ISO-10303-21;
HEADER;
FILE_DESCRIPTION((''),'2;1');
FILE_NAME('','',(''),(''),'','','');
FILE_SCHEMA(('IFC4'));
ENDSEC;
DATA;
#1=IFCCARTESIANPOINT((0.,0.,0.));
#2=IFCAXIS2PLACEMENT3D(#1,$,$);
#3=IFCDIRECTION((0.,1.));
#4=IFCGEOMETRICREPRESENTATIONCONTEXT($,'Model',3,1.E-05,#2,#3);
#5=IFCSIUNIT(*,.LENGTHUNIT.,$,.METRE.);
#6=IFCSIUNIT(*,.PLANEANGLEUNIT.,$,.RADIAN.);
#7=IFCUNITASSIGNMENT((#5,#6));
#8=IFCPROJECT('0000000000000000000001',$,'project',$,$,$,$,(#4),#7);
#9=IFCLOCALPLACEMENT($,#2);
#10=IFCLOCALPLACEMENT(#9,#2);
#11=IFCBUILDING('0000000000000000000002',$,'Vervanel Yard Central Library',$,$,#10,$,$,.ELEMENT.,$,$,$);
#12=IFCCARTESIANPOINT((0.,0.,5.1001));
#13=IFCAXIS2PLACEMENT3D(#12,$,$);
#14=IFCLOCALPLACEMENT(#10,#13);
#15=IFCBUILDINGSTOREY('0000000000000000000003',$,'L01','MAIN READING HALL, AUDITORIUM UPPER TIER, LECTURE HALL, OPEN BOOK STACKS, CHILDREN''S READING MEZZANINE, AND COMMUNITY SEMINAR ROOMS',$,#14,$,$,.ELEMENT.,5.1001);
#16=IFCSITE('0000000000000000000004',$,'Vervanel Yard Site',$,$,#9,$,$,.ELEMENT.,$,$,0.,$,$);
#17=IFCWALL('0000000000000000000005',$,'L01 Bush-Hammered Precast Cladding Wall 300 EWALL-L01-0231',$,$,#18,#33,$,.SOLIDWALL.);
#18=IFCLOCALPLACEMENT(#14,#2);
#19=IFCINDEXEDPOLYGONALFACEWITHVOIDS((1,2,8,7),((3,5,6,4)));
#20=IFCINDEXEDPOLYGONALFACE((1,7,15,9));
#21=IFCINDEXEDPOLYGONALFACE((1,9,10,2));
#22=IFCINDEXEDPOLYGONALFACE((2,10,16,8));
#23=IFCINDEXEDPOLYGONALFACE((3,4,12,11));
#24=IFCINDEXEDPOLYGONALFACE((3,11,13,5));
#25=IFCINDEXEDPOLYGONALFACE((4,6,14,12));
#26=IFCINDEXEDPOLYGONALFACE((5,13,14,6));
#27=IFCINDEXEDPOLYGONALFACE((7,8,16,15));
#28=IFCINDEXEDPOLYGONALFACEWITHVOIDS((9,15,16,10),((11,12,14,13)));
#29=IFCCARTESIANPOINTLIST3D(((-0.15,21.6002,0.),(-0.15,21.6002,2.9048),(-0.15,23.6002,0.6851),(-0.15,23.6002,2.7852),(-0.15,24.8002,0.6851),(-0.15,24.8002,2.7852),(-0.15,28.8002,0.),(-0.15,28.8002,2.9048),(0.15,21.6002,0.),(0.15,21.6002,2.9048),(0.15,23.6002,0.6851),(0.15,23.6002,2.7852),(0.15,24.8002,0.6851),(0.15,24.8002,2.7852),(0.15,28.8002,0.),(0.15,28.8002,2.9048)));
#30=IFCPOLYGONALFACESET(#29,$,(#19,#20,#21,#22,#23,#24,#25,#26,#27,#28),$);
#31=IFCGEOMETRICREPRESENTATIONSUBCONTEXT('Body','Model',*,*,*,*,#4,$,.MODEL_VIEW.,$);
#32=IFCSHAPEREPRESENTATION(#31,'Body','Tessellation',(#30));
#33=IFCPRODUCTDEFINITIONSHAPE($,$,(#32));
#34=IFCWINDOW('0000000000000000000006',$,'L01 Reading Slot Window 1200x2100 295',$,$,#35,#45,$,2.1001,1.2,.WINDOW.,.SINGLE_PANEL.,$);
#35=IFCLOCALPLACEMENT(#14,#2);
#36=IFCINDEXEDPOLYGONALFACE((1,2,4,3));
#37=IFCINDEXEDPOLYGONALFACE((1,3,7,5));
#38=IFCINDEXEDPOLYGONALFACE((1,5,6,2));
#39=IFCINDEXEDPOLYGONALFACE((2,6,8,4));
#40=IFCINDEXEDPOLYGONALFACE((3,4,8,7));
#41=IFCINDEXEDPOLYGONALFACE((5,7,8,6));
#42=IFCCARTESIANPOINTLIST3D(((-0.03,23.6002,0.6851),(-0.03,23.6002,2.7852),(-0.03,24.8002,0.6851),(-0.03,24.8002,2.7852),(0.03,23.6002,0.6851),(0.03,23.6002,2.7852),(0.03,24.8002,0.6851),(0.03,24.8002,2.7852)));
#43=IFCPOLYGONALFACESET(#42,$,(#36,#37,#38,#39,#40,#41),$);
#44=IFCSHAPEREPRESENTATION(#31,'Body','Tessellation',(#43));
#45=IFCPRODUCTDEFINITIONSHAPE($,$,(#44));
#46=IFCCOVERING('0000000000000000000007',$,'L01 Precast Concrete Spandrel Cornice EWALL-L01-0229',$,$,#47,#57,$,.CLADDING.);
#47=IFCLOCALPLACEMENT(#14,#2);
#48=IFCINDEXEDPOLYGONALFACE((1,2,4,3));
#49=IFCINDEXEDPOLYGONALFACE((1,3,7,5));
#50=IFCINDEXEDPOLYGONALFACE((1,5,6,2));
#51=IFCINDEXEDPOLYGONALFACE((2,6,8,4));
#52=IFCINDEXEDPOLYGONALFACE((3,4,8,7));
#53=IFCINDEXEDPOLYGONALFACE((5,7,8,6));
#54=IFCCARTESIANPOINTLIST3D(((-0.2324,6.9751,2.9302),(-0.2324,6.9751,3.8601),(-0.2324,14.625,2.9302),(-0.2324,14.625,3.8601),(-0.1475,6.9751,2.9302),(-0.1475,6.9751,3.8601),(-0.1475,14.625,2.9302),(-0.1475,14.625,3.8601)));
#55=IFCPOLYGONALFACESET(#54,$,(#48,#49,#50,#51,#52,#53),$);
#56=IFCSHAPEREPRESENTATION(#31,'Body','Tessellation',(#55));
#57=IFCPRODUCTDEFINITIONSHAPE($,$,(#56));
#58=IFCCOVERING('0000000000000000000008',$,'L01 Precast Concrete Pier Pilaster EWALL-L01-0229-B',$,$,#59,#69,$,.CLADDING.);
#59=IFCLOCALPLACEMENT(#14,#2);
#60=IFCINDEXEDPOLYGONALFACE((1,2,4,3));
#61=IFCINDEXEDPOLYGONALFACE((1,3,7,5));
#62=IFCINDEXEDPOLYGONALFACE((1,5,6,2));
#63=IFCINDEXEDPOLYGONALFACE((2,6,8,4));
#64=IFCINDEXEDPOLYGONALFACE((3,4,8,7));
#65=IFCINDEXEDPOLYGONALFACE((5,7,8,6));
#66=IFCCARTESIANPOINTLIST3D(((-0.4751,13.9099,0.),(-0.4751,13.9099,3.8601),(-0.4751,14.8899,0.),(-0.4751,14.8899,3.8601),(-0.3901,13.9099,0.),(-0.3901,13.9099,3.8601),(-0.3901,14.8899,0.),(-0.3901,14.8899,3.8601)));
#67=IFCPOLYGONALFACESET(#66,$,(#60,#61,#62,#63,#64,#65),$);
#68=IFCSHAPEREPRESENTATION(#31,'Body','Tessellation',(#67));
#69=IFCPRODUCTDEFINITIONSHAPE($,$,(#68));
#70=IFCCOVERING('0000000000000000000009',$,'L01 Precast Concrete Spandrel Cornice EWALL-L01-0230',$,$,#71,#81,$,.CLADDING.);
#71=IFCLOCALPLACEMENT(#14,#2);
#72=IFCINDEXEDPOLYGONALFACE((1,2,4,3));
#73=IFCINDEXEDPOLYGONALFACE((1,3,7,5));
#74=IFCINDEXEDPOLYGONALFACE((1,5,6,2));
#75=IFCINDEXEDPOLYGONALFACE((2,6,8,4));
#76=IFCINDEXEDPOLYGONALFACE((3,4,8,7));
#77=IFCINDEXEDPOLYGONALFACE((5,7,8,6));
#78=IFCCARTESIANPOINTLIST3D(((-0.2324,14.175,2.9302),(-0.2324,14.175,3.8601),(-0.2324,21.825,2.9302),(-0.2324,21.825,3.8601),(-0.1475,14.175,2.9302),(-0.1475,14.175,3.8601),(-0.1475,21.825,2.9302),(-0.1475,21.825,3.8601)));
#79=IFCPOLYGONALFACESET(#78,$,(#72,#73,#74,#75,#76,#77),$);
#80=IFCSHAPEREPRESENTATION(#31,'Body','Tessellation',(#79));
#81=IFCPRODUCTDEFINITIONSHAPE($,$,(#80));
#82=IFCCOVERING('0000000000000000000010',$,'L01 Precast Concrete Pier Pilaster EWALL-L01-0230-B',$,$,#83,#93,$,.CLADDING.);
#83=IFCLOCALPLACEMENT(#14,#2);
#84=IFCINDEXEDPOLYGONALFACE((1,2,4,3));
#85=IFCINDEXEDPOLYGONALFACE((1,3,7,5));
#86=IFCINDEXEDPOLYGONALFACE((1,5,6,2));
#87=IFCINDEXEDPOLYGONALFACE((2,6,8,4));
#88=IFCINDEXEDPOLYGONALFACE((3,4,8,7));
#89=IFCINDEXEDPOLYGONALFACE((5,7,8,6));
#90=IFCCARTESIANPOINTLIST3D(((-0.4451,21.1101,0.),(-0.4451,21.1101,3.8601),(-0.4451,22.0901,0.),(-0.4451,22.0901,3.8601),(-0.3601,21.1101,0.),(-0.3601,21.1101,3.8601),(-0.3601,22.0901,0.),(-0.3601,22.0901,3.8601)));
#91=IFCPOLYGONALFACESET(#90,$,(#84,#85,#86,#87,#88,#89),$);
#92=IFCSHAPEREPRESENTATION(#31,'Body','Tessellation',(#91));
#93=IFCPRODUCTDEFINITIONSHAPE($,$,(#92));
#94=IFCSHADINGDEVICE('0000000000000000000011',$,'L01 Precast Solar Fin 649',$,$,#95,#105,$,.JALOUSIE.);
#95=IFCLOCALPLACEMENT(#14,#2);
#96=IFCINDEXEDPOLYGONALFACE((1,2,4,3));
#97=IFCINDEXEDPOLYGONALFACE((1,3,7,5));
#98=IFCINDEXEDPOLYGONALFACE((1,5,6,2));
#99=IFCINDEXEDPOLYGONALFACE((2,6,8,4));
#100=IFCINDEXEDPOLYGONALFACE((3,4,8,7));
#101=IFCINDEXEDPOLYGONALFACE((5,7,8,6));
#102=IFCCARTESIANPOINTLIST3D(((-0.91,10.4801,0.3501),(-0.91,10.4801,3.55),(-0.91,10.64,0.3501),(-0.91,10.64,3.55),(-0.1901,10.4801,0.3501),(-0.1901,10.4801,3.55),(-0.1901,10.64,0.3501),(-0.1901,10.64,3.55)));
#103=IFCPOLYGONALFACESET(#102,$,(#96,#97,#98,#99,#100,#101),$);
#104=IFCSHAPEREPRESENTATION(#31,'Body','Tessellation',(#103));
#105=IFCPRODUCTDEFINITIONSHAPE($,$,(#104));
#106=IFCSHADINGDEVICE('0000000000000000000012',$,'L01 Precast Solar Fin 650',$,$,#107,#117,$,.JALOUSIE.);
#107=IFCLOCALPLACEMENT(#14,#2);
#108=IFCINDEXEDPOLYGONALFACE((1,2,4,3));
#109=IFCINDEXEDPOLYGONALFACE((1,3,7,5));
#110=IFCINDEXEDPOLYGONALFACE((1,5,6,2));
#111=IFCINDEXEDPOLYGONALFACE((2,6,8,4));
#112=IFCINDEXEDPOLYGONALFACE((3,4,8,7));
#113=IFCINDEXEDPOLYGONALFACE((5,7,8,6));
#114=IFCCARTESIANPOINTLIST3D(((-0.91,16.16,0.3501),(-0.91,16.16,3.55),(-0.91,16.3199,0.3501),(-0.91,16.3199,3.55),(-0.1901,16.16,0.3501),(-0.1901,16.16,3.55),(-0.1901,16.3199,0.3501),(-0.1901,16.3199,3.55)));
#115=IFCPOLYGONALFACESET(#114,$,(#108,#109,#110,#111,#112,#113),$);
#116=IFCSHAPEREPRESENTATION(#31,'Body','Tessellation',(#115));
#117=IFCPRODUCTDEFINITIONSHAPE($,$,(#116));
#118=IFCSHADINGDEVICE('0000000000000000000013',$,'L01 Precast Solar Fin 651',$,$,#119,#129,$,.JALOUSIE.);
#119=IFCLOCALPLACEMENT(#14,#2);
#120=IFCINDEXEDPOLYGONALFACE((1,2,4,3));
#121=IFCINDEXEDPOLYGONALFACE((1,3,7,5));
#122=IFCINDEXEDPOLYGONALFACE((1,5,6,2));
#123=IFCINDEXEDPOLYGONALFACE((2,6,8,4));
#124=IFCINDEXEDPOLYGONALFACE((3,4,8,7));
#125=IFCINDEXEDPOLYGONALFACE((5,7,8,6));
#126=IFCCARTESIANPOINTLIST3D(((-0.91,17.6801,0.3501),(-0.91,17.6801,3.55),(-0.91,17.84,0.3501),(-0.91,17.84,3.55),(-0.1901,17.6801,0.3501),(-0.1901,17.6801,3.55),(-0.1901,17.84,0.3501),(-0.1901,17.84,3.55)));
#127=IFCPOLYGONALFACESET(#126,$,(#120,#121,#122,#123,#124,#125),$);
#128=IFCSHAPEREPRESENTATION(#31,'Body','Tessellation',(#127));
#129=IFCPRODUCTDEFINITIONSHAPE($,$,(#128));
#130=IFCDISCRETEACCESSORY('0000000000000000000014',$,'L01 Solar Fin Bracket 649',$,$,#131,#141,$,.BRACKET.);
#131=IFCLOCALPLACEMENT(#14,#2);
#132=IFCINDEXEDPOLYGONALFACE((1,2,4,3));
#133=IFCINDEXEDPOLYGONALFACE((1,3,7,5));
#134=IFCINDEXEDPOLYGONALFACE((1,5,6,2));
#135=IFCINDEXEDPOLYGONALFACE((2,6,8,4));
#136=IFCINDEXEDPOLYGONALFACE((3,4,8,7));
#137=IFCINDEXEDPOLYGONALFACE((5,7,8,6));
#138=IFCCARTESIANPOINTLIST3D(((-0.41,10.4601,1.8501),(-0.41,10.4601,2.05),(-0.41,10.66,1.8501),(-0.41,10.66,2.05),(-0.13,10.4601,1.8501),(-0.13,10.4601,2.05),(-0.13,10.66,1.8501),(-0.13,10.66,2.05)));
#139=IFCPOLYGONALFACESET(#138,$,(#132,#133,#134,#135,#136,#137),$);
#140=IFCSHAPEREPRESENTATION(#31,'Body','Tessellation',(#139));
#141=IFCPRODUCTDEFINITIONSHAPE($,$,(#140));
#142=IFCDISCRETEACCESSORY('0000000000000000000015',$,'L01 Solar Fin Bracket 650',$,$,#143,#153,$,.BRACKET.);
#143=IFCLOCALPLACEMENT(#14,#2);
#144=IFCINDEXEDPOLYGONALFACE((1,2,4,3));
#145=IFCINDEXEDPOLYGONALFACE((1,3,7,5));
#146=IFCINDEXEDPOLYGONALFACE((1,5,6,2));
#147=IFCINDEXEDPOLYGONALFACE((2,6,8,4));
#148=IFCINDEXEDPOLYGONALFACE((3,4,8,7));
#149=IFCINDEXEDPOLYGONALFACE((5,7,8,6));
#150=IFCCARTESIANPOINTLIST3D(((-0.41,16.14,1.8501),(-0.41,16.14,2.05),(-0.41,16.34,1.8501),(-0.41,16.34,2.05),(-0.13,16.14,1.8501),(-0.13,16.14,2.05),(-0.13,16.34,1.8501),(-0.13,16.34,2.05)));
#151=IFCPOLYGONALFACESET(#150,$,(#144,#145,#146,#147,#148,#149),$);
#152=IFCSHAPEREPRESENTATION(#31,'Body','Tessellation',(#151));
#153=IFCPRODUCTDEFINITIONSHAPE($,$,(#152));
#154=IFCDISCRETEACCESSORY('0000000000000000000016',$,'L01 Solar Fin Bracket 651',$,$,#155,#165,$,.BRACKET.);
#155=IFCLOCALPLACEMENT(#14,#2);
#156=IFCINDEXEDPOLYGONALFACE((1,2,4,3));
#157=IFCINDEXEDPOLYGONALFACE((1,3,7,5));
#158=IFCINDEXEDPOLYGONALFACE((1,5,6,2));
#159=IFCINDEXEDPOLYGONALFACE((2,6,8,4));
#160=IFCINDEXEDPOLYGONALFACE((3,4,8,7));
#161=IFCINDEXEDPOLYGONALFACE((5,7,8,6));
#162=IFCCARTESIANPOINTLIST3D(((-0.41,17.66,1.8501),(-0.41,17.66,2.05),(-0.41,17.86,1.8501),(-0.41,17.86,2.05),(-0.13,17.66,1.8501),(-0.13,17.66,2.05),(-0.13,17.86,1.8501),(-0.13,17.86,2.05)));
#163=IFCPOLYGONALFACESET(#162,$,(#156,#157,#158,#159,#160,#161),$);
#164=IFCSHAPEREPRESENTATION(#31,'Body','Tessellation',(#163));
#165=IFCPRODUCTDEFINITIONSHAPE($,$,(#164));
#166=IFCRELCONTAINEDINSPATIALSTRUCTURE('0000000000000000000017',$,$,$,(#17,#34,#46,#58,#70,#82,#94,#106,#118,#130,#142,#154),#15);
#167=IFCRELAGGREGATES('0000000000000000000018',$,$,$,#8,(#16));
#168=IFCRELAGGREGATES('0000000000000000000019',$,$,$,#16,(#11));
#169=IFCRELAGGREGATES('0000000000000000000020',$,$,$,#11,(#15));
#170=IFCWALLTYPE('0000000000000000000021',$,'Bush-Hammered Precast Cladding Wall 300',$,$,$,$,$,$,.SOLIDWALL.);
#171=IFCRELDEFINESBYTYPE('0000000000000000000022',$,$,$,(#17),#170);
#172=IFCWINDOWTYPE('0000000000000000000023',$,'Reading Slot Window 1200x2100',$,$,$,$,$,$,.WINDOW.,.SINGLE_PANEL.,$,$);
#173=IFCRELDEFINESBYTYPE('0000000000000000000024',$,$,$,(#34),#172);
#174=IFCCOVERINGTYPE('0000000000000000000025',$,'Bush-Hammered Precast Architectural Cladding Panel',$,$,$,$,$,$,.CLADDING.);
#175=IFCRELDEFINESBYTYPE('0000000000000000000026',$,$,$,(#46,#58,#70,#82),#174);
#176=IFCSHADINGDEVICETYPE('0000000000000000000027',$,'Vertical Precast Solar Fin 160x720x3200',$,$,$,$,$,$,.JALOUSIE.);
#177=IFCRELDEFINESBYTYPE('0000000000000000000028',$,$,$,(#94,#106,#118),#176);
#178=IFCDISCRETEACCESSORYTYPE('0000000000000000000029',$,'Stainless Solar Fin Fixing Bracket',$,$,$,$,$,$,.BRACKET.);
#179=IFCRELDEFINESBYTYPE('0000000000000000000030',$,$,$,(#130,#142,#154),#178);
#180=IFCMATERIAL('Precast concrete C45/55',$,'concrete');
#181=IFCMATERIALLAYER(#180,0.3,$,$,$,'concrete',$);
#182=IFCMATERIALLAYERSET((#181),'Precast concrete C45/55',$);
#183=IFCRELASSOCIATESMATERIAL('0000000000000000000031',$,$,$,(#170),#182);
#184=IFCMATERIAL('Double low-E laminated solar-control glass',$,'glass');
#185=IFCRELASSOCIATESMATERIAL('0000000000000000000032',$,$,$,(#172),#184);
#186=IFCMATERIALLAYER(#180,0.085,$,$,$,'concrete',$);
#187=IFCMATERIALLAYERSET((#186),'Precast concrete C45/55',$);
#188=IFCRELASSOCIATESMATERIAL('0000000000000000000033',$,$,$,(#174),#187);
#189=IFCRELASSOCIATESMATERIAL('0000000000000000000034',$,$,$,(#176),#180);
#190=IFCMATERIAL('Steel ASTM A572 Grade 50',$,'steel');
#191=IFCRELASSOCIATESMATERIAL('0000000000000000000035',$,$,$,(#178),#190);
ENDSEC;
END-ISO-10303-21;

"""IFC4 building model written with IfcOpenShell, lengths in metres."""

from ifc_helpers import new_model, si_unit, direction, frame, frame_2d, origin, origin_2d, place, context, subcontext, project, spatial, rectangle, extrude, material, layer, layer_set, type_object, element, fill, save


model = new_model("IFC4")

# Units and contexts
model_context = context("Model", 3, precision=1e-05, world=origin(), true_north=direction((0.0, 1.0)))
body_context = subcontext(model_context, "Body", "Model", "MODEL_VIEW")
ifc_project = project(units=[si_unit("LENGTHUNIT", "METRE"), si_unit("PLANEANGLEUNIT", "RADIAN")], contexts=[model_context])

# Site, building, storey
site_placement = place(None, origin())
site = spatial("IfcSite", under=ifc_project, at=site_placement, Name="Vervanel Yard Site", CompositionType="ELEMENT", RefElevation=0.0)
building_placement = place(site_placement, origin())
building = spatial("IfcBuilding", under=site, at=building_placement, Name="Vervanel Yard Central Library", CompositionType="ELEMENT")
storey_placement = place(building_placement, frame((0.0, 0.0, 5.1001)))
storey = spatial("IfcBuildingStorey", under=building, at=storey_placement, Name="L01", Description="MAIN READING HALL, AUDITORIUM UPPER TIER, LECTURE HALL, OPEN BOOK STACKS, CHILDREN'S READING MEZZANINE, AND COMMUNITY SEMINAR ROOMS", CompositionType="ELEMENT", Elevation=5.1001)

# Wall, opening, window
ifc_material_1 = material(Name="Precast concrete C45/55", Category="concrete")
ifc_layer_1 = layer(ifc_material_1, 0.3, Category="concrete")
ifc_layer_set_1 = layer_set([ifc_layer_1], Name="Precast concrete C45/55")
wall_type = type_object("IfcWallType", Name="Bush-Hammered Precast Cladding Wall 300", PredefinedType="SOLIDWALL", material=ifc_layer_set_1)
ifc_material_2 = material(Name="Double low-E laminated solar-control glass", Category="glass")
window_type = type_object("IfcWindowType", Name="Reading Slot Window 1200x2100", PartitioningType="SINGLE_PANEL", PredefinedType="WINDOW", material=ifc_material_2)
wall_1_placement = place(storey_placement, frame((0.0, 21.6001, 0.0), z_axis=(0.0, 0.0, 1.0), x_axis=(0.0, 1.0, 0.0)))
wall_1 = element("IfcWall", 1, at=wall_1_placement, inside=storey, type_object=wall_type, Name="L01 Bush-Hammered Precast Cladding Wall 300 EWALL-L01-0231", PredefinedType="SOLIDWALL", context=body_context, shape_type="SweptSolid", body=[
    extrude(rectangle(XDim=7.2, YDim=0.3, at=frame_2d((3.6001, 0.0))), origin(), (0.0, 0.0, 1.0), 2.9048),
])
opening_1_placement = place(wall_1_placement, frame((2.0, 0.0, 0.6851)))
opening_1 = element("IfcOpeningElement", 2, at=opening_1_placement, cuts=wall_1, PredefinedType="OPENING", context=body_context, shape_type="SweptSolid", body=[
    extrude(rectangle(XDim=1.2, YDim=2.1001, at=frame_2d((0.6001, 1.05))), frame((0.0, 0.1599, 0.0), z_axis=(0.0, -1.0, 0.0), x_axis=(1.0, 0.0, 0.0)), (0.0, 0.0, 1.0), 0.3201),
])
window_1_placement = place(opening_1_placement, origin())
window_1 = element("IfcWindow", 3, at=window_1_placement, inside=storey, type_object=window_type, Name="L01 Reading Slot Window 1200x2100 295", OverallHeight=2.1001, OverallWidth=1.2, PartitioningType="SINGLE_PANEL", PredefinedType="WINDOW", context=body_context, shape_type="SweptSolid", body=[
    extrude(rectangle(XDim=1.2, YDim=2.1001, at=frame_2d((0.6001, 1.05))), frame((0.0, 0.03, 0.0), z_axis=(0.0, -1.0, 0.0), x_axis=(1.0, 0.0, 0.0)), (0.0, 0.0, 1.0), 0.0601),
])
fill(opening_1, window_1)

# Coverings
ifc_layer_2 = layer(ifc_material_1, 0.085, Category="concrete")
ifc_layer_set_2 = layer_set([ifc_layer_2], Name="Precast concrete C45/55")
covering_type = type_object("IfcCoveringType", Name="Bush-Hammered Precast Architectural Cladding Panel", PredefinedType="CLADDING", material=ifc_layer_set_2)
covering_1_placement = place(storey_placement, frame((-0.1899, 10.8, 2.9302), z_axis=(0.0, 0.0, 1.0), x_axis=(0.0, 1.0, 0.0)))
element("IfcCovering", 4, at=covering_1_placement, inside=storey, type_object=covering_type, Name="L01 Precast Concrete Spandrel Cornice EWALL-L01-0229", PredefinedType="CLADDING", context=body_context, shape_type="SweptSolid", body=[
    extrude(rectangle(XDim=7.6499, YDim=0.085, at=origin_2d()), origin(), (0.0, 0.0, 1.0), 0.9299),
])
covering_2_placement = place(storey_placement, frame((-0.4326, 14.3999, 0.0), z_axis=(0.0, 0.0, 1.0), x_axis=(0.0, 1.0, 0.0)))
element("IfcCovering", 5, at=covering_2_placement, inside=storey, type_object=covering_type, Name="L01 Precast Concrete Pier Pilaster EWALL-L01-0229-B", PredefinedType="CLADDING", context=body_context, shape_type="SweptSolid", body=[
    extrude(rectangle(XDim=0.98, YDim=0.085, at=origin_2d()), origin(), (0.0, 0.0, 1.0), 3.8601),
])
covering_3_placement = place(storey_placement, frame((-0.1899, 18.0, 2.9302), z_axis=(0.0, 0.0, 1.0), x_axis=(0.0, 1.0, 0.0)))
element("IfcCovering", 6, at=covering_3_placement, inside=storey, type_object=covering_type, Name="L01 Precast Concrete Spandrel Cornice EWALL-L01-0230", PredefinedType="CLADDING", context=body_context, shape_type="SweptSolid", body=[
    extrude(rectangle(XDim=7.6499, YDim=0.085, at=origin_2d()), origin(), (0.0, 0.0, 1.0), 0.9299),
])
covering_4_placement = place(storey_placement, frame((-0.4026, 21.6001, 0.0), z_axis=(0.0, 0.0, 1.0), x_axis=(0.0, 1.0, 0.0)))
element("IfcCovering", 7, at=covering_4_placement, inside=storey, type_object=covering_type, Name="L01 Precast Concrete Pier Pilaster EWALL-L01-0230-B", PredefinedType="CLADDING", context=body_context, shape_type="SweptSolid", body=[
    extrude(rectangle(XDim=0.98, YDim=0.085, at=origin_2d()), origin(), (0.0, 0.0, 1.0), 3.8601),
])

# Shading devices
shading_device_type = type_object("IfcShadingDeviceType", Name="Vertical Precast Solar Fin 160x720x3200", PredefinedType="JALOUSIE", material=ifc_material_1)
for number, where, z_axis, x_axis, name in (
    (8, (-0.55, 10.5601, 0.3501), (0.0, 0.0, 1.0), (0.0, 1.0, 0.0), "L01 Precast Solar Fin 649"),
    (9, (-0.55, 16.24, 0.3501), (0.0, 0.0, 1.0), (0.0, 1.0, 0.0), "L01 Precast Solar Fin 650"),
    (10, (-0.55, 17.76, 0.3501), (0.0, 0.0, 1.0), (0.0, 1.0, 0.0), "L01 Precast Solar Fin 651"),
):
    element("IfcShadingDevice", number, at=place(storey_placement, frame(where, z_axis=z_axis, x_axis=x_axis)), inside=storey, type_object=shading_device_type, Name=name, PredefinedType="JALOUSIE", context=body_context, shape_type="SweptSolid", body=[
        extrude(rectangle(XDim=0.1599, YDim=0.72, at=origin_2d()), origin(), (0.0, 0.0, 1.0), 3.2),
    ])

# Discrete accessories
ifc_material_3 = material(Name="Steel ASTM A572 Grade 50", Category="steel")
discrete_accessory_type = type_object("IfcDiscreteAccessoryType", Name="Stainless Solar Fin Fixing Bracket", PredefinedType="BRACKET", material=ifc_material_3)
for number, where, z_axis, x_axis, name in (
    (11, (-0.27, 10.5601, 1.8501), (0.0, 0.0, 1.0), (0.0, 1.0, 0.0), "L01 Solar Fin Bracket 649"),
    (12, (-0.27, 16.24, 1.8501), (0.0, 0.0, 1.0), (0.0, 1.0, 0.0), "L01 Solar Fin Bracket 650"),
    (13, (-0.27, 17.76, 1.8501), (0.0, 0.0, 1.0), (0.0, 1.0, 0.0), "L01 Solar Fin Bracket 651"),
):
    element("IfcDiscreteAccessory", number, at=place(storey_placement, frame(where, z_axis=z_axis, x_axis=x_axis)), inside=storey, type_object=discrete_accessory_type, Name=name, PredefinedType="BRACKET", context=body_context, shape_type="SweptSolid", body=[
        extrude(rectangle(XDim=0.2, YDim=0.28, at=origin_2d()), origin(), (0.0, 0.0, 1.0), 0.2),
    ])

save(model, "model.ifc")
